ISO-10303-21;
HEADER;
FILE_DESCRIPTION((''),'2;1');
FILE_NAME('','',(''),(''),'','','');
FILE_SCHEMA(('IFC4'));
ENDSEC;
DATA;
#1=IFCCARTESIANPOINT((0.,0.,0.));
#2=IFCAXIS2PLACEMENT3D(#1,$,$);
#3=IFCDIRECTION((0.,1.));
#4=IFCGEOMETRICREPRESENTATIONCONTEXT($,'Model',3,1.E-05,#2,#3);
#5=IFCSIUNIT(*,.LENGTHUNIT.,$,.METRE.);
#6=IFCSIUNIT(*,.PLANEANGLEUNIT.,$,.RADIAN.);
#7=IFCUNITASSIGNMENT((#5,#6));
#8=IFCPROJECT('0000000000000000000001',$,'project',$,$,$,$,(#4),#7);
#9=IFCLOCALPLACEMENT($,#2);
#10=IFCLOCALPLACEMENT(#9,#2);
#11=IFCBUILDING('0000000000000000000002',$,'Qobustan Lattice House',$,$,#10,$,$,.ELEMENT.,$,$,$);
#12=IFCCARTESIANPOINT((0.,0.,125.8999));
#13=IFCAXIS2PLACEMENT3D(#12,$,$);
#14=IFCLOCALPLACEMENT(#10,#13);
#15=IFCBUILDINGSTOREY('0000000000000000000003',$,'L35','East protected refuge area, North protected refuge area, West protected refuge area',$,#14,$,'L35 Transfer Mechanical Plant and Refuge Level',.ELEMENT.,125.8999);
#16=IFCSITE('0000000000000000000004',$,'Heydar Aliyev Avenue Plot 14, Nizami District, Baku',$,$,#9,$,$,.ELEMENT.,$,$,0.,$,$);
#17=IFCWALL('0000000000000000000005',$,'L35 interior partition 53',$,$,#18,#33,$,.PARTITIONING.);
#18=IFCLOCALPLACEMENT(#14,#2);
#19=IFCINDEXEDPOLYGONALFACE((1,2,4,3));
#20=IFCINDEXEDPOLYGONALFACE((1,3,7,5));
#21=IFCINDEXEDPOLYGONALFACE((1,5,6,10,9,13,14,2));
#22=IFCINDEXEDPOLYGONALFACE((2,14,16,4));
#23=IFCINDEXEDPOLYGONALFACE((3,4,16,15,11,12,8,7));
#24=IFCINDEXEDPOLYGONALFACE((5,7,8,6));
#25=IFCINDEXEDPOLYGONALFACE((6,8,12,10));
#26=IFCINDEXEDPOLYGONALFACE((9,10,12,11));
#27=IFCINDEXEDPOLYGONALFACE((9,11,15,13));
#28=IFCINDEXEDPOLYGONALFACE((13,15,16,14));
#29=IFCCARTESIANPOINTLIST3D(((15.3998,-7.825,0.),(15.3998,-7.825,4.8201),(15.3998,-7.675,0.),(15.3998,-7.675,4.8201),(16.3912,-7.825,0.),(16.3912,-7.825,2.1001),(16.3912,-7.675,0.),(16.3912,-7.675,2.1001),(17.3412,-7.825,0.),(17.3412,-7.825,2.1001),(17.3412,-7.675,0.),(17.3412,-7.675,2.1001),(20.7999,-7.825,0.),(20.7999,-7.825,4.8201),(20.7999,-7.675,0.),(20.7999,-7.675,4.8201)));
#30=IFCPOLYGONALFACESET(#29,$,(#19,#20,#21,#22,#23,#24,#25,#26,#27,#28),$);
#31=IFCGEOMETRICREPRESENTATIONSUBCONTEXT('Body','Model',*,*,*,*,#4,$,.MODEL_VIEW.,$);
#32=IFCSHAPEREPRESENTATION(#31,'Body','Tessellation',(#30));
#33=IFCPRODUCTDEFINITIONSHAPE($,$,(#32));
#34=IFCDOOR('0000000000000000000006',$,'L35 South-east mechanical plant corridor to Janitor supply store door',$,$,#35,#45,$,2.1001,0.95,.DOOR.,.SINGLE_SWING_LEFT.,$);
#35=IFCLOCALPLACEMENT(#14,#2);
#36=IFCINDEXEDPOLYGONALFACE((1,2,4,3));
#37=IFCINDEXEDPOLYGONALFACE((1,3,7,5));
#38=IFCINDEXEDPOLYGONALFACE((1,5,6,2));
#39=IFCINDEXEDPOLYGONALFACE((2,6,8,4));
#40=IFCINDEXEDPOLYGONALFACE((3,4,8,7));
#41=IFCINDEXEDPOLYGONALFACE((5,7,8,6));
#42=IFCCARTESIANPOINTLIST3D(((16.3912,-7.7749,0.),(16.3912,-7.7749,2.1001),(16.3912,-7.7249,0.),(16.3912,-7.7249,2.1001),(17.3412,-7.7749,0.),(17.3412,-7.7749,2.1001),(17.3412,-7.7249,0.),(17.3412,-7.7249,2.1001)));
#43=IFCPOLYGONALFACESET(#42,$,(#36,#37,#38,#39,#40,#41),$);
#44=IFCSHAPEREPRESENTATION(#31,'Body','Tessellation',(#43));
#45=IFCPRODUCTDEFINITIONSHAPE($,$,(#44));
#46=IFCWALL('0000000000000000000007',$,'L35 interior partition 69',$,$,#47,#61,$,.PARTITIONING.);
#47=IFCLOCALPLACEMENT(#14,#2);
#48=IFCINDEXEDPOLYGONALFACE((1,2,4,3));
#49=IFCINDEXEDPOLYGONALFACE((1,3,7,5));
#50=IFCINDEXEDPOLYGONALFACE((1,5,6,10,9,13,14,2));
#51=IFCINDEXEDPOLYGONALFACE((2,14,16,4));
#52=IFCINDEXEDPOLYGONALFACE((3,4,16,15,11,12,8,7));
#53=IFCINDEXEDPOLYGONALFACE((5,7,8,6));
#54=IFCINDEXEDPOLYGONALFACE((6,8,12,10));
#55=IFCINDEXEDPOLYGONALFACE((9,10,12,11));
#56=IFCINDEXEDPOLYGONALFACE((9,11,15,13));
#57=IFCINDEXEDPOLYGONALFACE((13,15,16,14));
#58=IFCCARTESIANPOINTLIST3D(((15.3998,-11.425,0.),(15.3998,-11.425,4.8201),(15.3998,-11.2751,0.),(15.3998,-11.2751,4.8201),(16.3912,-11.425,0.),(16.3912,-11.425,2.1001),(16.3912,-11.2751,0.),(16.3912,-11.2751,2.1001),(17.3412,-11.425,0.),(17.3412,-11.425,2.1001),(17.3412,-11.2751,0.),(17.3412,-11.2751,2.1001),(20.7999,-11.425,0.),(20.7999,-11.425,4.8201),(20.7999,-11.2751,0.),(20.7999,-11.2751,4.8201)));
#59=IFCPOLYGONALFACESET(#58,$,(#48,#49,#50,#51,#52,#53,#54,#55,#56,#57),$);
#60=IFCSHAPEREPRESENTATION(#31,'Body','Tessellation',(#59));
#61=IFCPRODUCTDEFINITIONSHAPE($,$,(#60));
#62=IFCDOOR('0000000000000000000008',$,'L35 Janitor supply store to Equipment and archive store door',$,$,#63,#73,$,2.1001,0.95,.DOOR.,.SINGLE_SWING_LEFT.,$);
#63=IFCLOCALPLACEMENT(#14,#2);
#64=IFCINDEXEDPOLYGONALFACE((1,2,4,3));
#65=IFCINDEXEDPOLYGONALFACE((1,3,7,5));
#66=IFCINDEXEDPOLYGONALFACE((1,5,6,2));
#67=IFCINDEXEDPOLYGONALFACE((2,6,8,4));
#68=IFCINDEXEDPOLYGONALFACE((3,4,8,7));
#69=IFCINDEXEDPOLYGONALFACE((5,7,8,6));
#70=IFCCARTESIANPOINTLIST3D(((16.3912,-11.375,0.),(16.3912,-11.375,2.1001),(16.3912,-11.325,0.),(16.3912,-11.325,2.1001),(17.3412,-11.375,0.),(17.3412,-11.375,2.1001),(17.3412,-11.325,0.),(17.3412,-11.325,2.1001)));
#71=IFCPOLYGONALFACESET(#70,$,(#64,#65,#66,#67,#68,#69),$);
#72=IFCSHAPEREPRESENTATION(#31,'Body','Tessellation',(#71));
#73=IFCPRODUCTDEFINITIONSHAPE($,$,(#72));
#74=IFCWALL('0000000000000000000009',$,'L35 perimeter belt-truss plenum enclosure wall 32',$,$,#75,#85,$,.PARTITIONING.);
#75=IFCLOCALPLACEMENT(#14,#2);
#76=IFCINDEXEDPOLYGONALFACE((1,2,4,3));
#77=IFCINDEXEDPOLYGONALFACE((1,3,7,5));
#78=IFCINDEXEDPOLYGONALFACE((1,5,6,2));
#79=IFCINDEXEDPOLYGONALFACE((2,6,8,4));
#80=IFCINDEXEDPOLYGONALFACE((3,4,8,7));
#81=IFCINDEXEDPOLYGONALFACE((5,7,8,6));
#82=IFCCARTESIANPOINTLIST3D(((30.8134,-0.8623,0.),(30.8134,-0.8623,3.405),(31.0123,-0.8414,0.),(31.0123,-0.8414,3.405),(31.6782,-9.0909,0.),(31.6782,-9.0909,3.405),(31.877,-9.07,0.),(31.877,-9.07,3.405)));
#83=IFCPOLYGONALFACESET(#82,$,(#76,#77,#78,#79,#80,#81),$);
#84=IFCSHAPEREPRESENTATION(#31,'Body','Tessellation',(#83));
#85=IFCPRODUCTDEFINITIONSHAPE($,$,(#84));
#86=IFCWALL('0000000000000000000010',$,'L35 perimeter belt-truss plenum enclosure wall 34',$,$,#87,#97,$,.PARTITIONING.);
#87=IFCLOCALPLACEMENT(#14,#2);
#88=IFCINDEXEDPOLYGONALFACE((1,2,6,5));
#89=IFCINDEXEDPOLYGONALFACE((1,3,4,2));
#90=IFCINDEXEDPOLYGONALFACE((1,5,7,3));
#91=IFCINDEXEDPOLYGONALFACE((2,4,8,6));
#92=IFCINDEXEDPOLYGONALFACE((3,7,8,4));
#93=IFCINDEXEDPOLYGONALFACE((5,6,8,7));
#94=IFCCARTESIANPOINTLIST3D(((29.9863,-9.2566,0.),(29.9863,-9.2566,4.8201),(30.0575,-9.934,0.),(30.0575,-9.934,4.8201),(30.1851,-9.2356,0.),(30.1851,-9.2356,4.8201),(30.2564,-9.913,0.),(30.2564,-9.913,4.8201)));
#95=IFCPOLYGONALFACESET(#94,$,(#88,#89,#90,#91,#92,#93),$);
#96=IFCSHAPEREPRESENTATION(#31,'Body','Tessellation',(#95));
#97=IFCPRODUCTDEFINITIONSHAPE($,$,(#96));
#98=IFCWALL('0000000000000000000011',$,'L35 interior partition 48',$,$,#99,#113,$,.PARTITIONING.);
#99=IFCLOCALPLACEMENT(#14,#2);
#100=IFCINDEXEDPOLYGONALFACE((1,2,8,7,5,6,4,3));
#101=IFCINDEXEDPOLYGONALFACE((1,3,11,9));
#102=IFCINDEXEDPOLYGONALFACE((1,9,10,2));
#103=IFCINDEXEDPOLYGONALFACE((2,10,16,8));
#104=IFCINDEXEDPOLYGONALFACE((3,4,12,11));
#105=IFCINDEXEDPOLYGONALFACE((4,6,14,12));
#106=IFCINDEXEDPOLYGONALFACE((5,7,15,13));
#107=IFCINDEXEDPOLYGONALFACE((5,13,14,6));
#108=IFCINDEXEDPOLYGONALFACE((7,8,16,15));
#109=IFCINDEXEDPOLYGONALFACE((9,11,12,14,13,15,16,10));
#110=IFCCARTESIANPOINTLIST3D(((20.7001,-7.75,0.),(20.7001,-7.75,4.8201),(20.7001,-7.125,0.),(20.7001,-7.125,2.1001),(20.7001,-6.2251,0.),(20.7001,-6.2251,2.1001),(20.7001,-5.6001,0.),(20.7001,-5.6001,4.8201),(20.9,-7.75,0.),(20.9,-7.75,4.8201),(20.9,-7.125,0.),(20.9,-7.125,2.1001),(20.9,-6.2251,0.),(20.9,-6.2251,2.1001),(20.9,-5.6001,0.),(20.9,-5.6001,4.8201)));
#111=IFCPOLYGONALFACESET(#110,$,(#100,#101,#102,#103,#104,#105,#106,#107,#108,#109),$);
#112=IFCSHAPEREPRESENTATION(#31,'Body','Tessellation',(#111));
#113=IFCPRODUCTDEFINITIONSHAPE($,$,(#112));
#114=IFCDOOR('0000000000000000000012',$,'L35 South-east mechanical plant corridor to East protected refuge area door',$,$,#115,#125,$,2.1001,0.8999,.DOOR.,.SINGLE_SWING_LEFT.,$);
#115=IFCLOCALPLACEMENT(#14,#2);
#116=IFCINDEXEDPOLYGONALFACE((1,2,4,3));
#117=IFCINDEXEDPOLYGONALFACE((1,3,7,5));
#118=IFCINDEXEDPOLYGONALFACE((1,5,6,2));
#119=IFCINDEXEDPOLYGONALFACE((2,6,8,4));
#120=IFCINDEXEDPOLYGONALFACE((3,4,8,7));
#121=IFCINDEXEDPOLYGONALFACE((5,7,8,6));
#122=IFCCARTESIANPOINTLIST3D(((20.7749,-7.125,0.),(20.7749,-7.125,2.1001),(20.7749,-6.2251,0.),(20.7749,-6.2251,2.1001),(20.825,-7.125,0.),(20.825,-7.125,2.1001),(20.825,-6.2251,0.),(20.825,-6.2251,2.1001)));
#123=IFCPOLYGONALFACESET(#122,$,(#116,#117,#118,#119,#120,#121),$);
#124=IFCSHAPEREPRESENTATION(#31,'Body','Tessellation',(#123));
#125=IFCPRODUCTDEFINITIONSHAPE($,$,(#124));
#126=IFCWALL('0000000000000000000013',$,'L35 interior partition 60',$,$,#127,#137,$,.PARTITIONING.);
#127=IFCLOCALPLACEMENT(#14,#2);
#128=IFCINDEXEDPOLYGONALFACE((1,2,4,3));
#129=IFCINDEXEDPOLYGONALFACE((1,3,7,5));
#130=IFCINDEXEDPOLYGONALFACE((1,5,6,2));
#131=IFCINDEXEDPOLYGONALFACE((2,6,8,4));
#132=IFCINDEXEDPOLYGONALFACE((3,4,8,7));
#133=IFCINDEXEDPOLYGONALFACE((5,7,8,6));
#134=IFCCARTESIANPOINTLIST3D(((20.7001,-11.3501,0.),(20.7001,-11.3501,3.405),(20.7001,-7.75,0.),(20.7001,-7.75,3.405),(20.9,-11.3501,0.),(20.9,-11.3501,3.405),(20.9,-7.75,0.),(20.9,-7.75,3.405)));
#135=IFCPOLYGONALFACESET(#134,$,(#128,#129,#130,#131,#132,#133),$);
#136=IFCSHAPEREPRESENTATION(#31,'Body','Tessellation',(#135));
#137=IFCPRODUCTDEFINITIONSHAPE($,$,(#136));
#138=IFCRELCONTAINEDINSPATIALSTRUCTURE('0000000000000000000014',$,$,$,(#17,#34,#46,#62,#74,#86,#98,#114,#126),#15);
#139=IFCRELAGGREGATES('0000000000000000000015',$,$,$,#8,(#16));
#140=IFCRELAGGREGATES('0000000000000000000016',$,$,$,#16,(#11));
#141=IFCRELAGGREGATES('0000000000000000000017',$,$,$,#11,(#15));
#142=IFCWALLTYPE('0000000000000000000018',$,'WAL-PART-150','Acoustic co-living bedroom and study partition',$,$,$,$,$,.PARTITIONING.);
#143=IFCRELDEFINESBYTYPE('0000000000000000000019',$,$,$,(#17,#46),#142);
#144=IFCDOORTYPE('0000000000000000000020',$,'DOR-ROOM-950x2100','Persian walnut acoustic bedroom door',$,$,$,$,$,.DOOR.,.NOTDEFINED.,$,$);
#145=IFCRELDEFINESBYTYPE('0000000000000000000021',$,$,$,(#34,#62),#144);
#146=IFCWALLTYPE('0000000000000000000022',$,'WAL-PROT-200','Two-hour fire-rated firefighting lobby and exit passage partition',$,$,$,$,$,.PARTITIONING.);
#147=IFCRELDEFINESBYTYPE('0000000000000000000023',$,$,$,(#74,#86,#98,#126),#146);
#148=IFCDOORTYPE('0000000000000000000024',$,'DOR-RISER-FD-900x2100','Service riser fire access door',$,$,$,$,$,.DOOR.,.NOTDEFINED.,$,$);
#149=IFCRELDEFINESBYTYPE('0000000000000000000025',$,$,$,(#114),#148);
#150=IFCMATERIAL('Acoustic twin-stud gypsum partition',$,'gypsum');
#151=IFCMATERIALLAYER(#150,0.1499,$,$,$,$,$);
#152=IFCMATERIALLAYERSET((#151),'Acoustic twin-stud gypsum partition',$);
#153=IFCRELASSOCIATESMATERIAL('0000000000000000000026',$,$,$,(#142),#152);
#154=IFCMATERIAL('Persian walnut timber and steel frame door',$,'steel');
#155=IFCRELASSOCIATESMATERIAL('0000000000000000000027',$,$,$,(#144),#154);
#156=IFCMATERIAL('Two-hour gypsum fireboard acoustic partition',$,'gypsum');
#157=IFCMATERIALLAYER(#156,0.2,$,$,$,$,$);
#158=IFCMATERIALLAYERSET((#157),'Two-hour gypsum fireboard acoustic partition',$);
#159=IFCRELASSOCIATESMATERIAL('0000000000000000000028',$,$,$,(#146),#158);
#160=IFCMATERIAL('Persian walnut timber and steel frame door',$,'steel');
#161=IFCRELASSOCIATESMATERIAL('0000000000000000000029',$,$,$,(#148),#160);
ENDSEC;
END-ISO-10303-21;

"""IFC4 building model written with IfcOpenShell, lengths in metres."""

from ifc_helpers import new_model, si_unit, direction, frame, frame_2d, origin, place, context, subcontext, project, spatial, rectangle, extrude, material, layer, layer_set, type_object, element, fill, save


model = new_model("IFC4")

# Units and contexts
model_context = context("Model", 3, precision=1e-05, world=origin(), true_north=direction((0.0, 1.0)))
body_context = subcontext(model_context, "Body", "Model", "MODEL_VIEW")
ifc_project = project(units=[si_unit("LENGTHUNIT", "METRE"), si_unit("PLANEANGLEUNIT", "RADIAN")], contexts=[model_context])

# Site, building, storey
site_placement = place(None, origin())
site = spatial("IfcSite", under=ifc_project, at=site_placement, Name="Heydar Aliyev Avenue Plot 14, Nizami District, Baku", CompositionType="ELEMENT", RefElevation=0.0)
building_placement = place(site_placement, origin())
building = spatial("IfcBuilding", under=site, at=building_placement, Name="Qobustan Lattice House", CompositionType="ELEMENT")
storey_placement = place(building_placement, frame((0.0, 0.0, 125.8999)))
storey = spatial("IfcBuildingStorey", under=building, at=storey_placement, Name="L35", Description="East protected refuge area, North protected refuge area, West protected refuge area", LongName="L35 Transfer Mechanical Plant and Refuge Level", CompositionType="ELEMENT", Elevation=125.8999)

# Walls, openings, doors
ifc_material_1 = material(Name="Acoustic twin-stud gypsum partition", Category="gypsum")
ifc_layer_1 = layer(ifc_material_1, 0.1499)
ifc_layer_set_1 = layer_set([ifc_layer_1], Name="Acoustic twin-stud gypsum partition")
wall_type_1 = type_object("IfcWallType", Name="WAL-PART-150", Description="Acoustic co-living bedroom and study partition", PredefinedType="PARTITIONING", material=ifc_layer_set_1)
wall_1_placement = place(storey_placement, frame((20.8, -7.75, 0.0), z_axis=(0.0, 0.0, 1.0), x_axis=(-1.0, 0.0, 0.0)))
wall_1 = element("IfcWall", 1, at=wall_1_placement, inside=storey, type_object=wall_type_1, Name="L35 interior partition 53", PredefinedType="PARTITIONING", context=body_context, shape_type="SweptSolid", body=[
    extrude(rectangle(XDim=5.4001, YDim=0.1499, at=frame_2d((2.7002, 0.0))), origin(), (0.0, 0.0, 1.0), 4.8201),
])
opening_1_placement = place(wall_1_placement, frame((3.4587, 0.0, 0.0)))
opening_1 = element("IfcOpeningElement", 2, at=opening_1_placement, cuts=wall_1, PredefinedType="OPENING", context=body_context, shape_type="SweptSolid", body=[
    extrude(rectangle(XDim=0.95, YDim=2.1001, at=frame_2d((0.4751, 1.05))), frame((0.0, 0.085, 0.0), z_axis=(0.0, -1.0, 0.0), x_axis=(1.0, 0.0, 0.0)), (0.0, 0.0, 1.0), 0.1699),
])
ifc_material_2 = material(Name="Persian walnut timber and steel frame door", Category="steel")
door_type_1 = type_object("IfcDoorType", Name="DOR-ROOM-950x2100", Description="Persian walnut acoustic bedroom door", OperationType="NOTDEFINED", PredefinedType="DOOR", material=ifc_material_2)
door_1_placement = place(opening_1_placement, origin())
door_1 = element("IfcDoor", 3, at=door_1_placement, inside=storey, type_object=door_type_1, Name="L35 South-east mechanical plant corridor to Janitor supply store door", OperationType="SINGLE_SWING_LEFT", OverallHeight=2.1001, OverallWidth=0.95, PredefinedType="DOOR", context=body_context, shape_type="SweptSolid", body=[
    extrude(rectangle(XDim=0.95, YDim=2.1001, at=frame_2d((0.4751, 1.05))), frame((0.0, 0.0249, 0.0), z_axis=(0.0, -1.0, 0.0), x_axis=(1.0, 0.0, 0.0)), (0.0, 0.0, 1.0), 0.05),
])
fill(opening_1, door_1)
wall_2_placement = place(storey_placement, frame((20.8, -11.3501, 0.0), z_axis=(0.0, 0.0, 1.0), x_axis=(-1.0, 0.0, 0.0)))
wall_2 = element("IfcWall", 4, at=wall_2_placement, inside=storey, type_object=wall_type_1, Name="L35 interior partition 69", PredefinedType="PARTITIONING", context=body_context, shape_type="SweptSolid", body=[
    extrude(rectangle(XDim=5.4001, YDim=0.1499, at=frame_2d((2.7002, 0.0))), origin(), (0.0, 0.0, 1.0), 4.8201),
])
opening_2_placement = place(wall_2_placement, frame((3.4587, 0.0, 0.0)))
opening_2 = element("IfcOpeningElement", 5, at=opening_2_placement, cuts=wall_2, PredefinedType="OPENING", context=body_context, shape_type="SweptSolid", body=[
    extrude(rectangle(XDim=0.95, YDim=2.1001, at=frame_2d((0.4751, 1.05))), frame((0.0, 0.085, 0.0), z_axis=(0.0, -1.0, 0.0), x_axis=(1.0, 0.0, 0.0)), (0.0, 0.0, 1.0), 0.1699),
])
door_2_placement = place(opening_2_placement, origin())
door_2 = element("IfcDoor", 6, at=door_2_placement, inside=storey, type_object=door_type_1, Name="L35 Janitor supply store to Equipment and archive store door", OperationType="SINGLE_SWING_LEFT", OverallHeight=2.1001, OverallWidth=0.95, PredefinedType="DOOR", context=body_context, shape_type="SweptSolid", body=[
    extrude(rectangle(XDim=0.95, YDim=2.1001, at=frame_2d((0.4751, 1.05))), frame((0.0, 0.0249, 0.0), z_axis=(0.0, -1.0, 0.0), x_axis=(1.0, 0.0, 0.0)), (0.0, 0.0, 1.0), 0.05),
])
fill(opening_2, door_2)

# Walls
ifc_material_3 = material(Name="Two-hour gypsum fireboard acoustic partition", Category="gypsum")
ifc_layer_2 = layer(ifc_material_3, 0.2)
ifc_layer_set_2 = layer_set([ifc_layer_2], Name="Two-hour gypsum fireboard acoustic partition")
wall_type_2 = type_object("IfcWallType", Name="WAL-PROT-200", Description="Two-hour fire-rated firefighting lobby and exit passage partition", PredefinedType="PARTITIONING", material=ifc_layer_set_2)
wall_3_placement = place(storey_placement, frame((30.9128, -0.8518, 0.0), z_axis=(0.0, 0.0, 1.0), x_axis=(0.104516, -0.994523, 0.0)))
element("IfcWall", 7, at=wall_3_placement, inside=storey, type_object=wall_type_2, Name="L35 perimeter belt-truss plenum enclosure wall 32", PredefinedType="PARTITIONING", context=body_context, shape_type="SweptSolid", body=[
    extrude(rectangle(XDim=8.2739, YDim=0.2, at=frame_2d((4.137, 0.0))), origin(), (0.0, 0.0, 1.0), 3.405),
])
wall_4_placement = place(storey_placement, frame((30.0857, -9.2461, 0.0), z_axis=(0.0, 0.0, 1.0), x_axis=(0.104647, -0.994509, 0.0)))
element("IfcWall", 8, at=wall_4_placement, inside=storey, type_object=wall_type_2, Name="L35 perimeter belt-truss plenum enclosure wall 34", PredefinedType="PARTITIONING", context=body_context, shape_type="SweptSolid", body=[
    extrude(rectangle(XDim=0.6812, YDim=0.2, at=frame_2d((0.3406, 0.0))), origin(), (0.0, 0.0, 1.0), 4.8201),
])

# Wall, opening, door
wall_5_placement = place(storey_placement, frame((20.8, -5.6001, 0.0), z_axis=(0.0, 0.0, 1.0), x_axis=(0.0, -1.0, 0.0)))
wall_5 = element("IfcWall", 9, at=wall_5_placement, inside=storey, type_object=wall_type_2, Name="L35 interior partition 48", PredefinedType="PARTITIONING", context=body_context, shape_type="SweptSolid", body=[
    extrude(rectangle(XDim=2.1499, YDim=0.2, at=frame_2d((1.075, 0.0))), origin(), (0.0, 0.0, 1.0), 4.8201),
])
opening_3_placement = place(wall_5_placement, frame((0.625, 0.0, 0.0)))
opening_3 = element("IfcOpeningElement", 10, at=opening_3_placement, cuts=wall_5, PredefinedType="OPENING", context=body_context, shape_type="SweptSolid", body=[
    extrude(rectangle(XDim=0.8999, YDim=2.1001, at=frame_2d((0.45, 1.05))), frame((0.0, 0.1099, 0.0), z_axis=(0.0, -1.0, 0.0), x_axis=(1.0, 0.0, 0.0)), (0.0, 0.0, 1.0), 0.22),
])
ifc_material_4 = material(Name="Persian walnut timber and steel frame door", Category="steel")
door_type_2 = type_object("IfcDoorType", Name="DOR-RISER-FD-900x2100", Description="Service riser fire access door", OperationType="NOTDEFINED", PredefinedType="DOOR", material=ifc_material_4)
door_3_placement = place(opening_3_placement, origin())
door_3 = element("IfcDoor", 11, at=door_3_placement, inside=storey, type_object=door_type_2, Name="L35 South-east mechanical plant corridor to East protected refuge area door", OperationType="SINGLE_SWING_LEFT", OverallHeight=2.1001, OverallWidth=0.8999, PredefinedType="DOOR", context=body_context, shape_type="SweptSolid", body=[
    extrude(rectangle(XDim=0.8999, YDim=2.1001, at=frame_2d((0.45, 1.05))), frame((0.0, 0.0249, 0.0), z_axis=(0.0, -1.0, 0.0), x_axis=(1.0, 0.0, 0.0)), (0.0, 0.0, 1.0), 0.05),
])
fill(opening_3, door_3)

# Wall
wall_6_placement = place(storey_placement, frame((20.8, -11.3501, 0.0), z_axis=(0.0, 0.0, 1.0), x_axis=(0.0, 1.0, 0.0)))
element("IfcWall", 12, at=wall_6_placement, inside=storey, type_object=wall_type_2, Name="L35 interior partition 60", PredefinedType="PARTITIONING", context=body_context, shape_type="SweptSolid", body=[
    extrude(rectangle(XDim=3.6001, YDim=0.2, at=frame_2d((1.8, 0.0))), origin(), (0.0, 0.0, 1.0), 3.405),
])

save(model, "model.ifc")
